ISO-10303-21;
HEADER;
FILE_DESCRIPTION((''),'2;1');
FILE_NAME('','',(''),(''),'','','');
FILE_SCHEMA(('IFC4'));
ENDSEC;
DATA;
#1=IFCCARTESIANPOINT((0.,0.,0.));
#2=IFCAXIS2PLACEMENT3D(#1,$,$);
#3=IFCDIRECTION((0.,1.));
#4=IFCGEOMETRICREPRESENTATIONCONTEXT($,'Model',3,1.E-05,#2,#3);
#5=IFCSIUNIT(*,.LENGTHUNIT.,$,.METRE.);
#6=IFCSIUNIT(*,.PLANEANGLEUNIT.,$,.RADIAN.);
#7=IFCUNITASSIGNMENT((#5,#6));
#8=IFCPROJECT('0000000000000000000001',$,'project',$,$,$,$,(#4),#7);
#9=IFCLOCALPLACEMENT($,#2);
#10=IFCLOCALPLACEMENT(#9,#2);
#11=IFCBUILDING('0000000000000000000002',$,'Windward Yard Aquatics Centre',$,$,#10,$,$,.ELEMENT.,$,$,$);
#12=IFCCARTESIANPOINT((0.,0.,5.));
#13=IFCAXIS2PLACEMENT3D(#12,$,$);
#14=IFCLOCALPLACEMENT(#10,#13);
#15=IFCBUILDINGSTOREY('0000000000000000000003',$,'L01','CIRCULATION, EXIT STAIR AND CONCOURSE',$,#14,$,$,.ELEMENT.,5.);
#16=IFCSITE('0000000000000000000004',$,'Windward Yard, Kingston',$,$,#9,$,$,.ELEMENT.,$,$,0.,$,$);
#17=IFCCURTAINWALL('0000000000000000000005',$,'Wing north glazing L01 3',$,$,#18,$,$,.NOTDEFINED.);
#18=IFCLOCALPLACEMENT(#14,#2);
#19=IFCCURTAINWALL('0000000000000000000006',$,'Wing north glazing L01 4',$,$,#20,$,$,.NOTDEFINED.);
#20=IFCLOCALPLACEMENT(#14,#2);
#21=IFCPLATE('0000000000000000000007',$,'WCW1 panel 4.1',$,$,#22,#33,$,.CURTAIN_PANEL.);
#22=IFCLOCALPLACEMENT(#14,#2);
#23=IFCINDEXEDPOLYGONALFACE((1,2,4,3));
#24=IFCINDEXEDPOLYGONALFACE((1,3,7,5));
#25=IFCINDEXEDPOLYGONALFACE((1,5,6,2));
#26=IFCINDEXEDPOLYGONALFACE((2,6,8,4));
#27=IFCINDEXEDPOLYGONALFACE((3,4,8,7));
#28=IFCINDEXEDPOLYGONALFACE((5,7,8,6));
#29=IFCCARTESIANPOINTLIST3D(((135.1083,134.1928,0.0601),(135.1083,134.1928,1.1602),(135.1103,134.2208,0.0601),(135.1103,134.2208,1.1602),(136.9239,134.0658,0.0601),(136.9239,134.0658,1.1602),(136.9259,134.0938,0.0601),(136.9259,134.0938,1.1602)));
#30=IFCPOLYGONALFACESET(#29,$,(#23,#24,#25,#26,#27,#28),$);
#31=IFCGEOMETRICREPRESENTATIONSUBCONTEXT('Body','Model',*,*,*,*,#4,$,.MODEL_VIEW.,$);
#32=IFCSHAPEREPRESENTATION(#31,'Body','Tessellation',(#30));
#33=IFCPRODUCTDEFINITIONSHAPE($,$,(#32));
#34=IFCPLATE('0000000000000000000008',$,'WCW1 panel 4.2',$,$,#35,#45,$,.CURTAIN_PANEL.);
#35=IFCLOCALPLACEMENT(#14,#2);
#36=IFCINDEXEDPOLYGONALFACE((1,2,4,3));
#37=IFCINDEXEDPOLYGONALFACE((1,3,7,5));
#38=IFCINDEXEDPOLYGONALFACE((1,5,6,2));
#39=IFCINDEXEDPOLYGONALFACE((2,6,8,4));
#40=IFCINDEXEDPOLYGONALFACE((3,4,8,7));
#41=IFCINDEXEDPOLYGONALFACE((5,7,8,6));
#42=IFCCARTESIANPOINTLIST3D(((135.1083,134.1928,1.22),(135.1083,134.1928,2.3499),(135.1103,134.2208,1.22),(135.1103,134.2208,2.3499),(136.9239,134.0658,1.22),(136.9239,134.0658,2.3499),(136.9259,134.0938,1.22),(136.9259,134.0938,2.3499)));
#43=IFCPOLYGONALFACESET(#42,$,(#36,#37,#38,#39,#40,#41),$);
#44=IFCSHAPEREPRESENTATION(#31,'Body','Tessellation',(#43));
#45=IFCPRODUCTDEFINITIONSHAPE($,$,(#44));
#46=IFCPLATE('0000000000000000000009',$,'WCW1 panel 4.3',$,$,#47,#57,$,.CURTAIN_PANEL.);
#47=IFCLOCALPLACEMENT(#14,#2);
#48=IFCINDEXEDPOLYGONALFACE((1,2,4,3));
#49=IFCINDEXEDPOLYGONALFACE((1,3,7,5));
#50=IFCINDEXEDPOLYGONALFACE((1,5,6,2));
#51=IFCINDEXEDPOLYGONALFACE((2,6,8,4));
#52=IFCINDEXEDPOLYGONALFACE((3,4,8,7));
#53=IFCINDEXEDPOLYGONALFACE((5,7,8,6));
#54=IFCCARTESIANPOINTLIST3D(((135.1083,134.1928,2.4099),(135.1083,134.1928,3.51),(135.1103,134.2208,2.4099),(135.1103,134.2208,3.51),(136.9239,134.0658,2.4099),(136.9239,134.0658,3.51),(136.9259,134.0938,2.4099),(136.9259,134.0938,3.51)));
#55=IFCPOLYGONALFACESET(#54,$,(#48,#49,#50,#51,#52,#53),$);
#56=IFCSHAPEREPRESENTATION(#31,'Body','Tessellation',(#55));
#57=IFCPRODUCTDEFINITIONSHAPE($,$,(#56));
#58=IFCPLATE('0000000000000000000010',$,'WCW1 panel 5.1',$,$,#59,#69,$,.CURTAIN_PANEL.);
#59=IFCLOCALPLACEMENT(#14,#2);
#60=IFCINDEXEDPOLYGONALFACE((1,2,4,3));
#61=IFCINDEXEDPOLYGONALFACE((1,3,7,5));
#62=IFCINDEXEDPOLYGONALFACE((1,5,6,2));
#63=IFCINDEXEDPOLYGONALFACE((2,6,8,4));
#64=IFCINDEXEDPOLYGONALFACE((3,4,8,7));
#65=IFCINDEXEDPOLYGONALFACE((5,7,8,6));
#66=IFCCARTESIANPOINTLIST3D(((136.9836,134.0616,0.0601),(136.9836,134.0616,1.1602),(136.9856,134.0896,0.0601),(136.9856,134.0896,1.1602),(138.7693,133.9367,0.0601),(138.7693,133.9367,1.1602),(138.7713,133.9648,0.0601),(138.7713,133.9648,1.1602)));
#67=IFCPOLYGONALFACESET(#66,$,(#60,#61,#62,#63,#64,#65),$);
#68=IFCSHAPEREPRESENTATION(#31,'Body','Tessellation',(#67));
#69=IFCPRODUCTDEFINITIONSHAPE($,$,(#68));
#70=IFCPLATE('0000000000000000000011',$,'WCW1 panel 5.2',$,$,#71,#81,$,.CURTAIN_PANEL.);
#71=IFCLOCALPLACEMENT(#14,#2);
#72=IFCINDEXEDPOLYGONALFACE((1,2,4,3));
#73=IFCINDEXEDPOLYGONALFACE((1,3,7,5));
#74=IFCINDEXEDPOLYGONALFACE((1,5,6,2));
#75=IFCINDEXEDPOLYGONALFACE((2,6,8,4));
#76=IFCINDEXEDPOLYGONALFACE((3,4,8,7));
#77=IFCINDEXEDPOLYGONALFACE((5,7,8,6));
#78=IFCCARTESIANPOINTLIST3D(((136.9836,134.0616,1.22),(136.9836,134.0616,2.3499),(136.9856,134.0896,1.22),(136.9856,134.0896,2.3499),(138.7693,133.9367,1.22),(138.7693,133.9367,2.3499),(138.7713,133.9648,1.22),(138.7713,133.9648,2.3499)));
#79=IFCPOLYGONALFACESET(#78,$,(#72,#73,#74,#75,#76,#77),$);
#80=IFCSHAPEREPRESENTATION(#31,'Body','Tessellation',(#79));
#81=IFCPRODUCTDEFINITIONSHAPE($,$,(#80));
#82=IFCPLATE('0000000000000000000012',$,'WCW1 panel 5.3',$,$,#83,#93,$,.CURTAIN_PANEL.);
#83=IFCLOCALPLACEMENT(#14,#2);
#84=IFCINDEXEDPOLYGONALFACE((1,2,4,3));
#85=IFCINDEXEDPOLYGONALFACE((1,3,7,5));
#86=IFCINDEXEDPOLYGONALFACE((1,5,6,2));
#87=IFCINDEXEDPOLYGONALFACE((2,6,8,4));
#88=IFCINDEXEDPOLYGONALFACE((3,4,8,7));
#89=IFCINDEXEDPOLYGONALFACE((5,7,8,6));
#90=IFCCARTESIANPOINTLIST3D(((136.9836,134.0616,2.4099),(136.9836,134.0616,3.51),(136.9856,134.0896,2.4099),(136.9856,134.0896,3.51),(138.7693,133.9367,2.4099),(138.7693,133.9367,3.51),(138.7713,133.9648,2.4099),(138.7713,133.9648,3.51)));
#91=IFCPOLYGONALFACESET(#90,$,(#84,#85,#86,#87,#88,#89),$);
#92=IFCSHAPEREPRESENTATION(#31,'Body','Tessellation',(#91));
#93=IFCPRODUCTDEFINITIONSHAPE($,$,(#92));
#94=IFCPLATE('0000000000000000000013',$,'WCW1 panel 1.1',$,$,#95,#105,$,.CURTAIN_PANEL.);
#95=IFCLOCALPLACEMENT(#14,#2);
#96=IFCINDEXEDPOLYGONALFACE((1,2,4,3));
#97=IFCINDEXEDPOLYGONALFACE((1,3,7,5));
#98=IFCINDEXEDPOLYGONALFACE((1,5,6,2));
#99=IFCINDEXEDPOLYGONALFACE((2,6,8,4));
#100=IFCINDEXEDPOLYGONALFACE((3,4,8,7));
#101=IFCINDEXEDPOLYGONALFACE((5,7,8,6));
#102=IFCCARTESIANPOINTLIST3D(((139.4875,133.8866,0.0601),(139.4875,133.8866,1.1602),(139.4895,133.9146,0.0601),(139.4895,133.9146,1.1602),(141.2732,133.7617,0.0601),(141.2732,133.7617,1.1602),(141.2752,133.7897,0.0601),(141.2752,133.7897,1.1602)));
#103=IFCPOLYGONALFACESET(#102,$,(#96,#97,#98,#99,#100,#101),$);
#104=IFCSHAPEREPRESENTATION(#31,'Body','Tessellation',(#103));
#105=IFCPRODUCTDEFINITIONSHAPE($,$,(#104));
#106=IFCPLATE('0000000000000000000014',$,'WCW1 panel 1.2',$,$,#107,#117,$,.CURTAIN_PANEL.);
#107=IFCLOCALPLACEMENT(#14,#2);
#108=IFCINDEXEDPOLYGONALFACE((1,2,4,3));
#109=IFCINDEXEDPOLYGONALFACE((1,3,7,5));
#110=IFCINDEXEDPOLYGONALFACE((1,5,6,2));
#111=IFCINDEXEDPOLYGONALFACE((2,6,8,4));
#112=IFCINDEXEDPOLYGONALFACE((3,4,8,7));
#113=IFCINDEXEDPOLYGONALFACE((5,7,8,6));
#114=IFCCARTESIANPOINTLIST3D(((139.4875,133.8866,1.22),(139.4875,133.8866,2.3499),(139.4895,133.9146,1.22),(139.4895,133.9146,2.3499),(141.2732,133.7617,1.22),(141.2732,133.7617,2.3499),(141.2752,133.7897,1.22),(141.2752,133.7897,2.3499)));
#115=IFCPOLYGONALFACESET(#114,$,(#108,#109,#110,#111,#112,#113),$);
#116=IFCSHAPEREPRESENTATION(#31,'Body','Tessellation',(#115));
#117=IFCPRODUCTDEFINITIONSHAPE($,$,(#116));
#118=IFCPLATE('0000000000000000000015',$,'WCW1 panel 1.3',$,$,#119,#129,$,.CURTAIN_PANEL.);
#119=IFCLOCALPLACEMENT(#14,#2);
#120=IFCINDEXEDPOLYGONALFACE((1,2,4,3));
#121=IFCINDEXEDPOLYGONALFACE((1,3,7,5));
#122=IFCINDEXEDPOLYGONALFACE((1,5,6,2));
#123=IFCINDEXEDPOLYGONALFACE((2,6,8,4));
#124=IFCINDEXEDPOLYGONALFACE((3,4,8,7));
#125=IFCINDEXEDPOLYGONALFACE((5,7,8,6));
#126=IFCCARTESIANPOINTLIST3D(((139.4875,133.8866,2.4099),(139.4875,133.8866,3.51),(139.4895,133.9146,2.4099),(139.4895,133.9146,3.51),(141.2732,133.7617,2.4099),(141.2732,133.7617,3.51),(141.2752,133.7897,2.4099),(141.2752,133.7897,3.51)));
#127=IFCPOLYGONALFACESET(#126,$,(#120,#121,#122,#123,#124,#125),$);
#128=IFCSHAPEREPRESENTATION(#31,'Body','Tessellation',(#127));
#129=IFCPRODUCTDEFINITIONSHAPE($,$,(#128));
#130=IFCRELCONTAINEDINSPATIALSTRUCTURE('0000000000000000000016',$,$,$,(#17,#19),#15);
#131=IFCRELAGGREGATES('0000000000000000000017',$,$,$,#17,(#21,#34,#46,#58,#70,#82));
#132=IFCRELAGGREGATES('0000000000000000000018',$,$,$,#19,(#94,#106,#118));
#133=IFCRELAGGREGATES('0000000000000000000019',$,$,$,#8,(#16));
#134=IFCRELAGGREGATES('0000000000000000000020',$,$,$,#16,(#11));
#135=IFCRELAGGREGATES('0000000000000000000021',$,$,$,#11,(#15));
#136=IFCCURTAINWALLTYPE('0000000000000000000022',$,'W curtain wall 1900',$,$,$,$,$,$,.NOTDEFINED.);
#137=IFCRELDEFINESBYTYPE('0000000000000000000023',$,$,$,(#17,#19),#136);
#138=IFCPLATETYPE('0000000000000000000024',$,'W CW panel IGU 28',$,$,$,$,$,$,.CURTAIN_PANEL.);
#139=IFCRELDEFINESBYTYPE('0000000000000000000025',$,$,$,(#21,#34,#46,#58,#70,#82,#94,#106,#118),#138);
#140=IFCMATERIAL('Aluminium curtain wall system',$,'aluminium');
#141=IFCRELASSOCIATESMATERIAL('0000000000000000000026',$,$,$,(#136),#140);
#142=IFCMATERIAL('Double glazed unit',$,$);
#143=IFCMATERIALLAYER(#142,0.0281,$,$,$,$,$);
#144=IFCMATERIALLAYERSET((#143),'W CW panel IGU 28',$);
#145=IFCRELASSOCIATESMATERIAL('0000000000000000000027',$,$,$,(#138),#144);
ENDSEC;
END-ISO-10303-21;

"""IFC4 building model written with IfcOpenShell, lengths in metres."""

from ifc_helpers import new_model, si_unit, direction, frame, origin, origin_2d, place, context, subcontext, project, spatial, rectangle, extrude, material, layer, layer_set, type_object, element, aggregate, save


model = new_model("IFC4")

# Units and contexts
model_context = context("Model", 3, precision=1e-05, world=origin(), true_north=direction((0.0, 1.0)))
body_context = subcontext(model_context, "Body", "Model", "MODEL_VIEW")
ifc_project = project(units=[si_unit("LENGTHUNIT", "METRE"), si_unit("PLANEANGLEUNIT", "RADIAN")], contexts=[model_context])

# Site, building, storey
site_placement = place(None, origin())
site = spatial("IfcSite", under=ifc_project, at=site_placement, Name="Windward Yard, Kingston", CompositionType="ELEMENT", RefElevation=0.0)
building_placement = place(site_placement, origin())
building = spatial("IfcBuilding", under=site, at=building_placement, Name="Windward Yard Aquatics Centre", CompositionType="ELEMENT")
storey_placement = place(building_placement, frame((0.0, 0.0, 5.0)))
storey = spatial("IfcBuildingStorey", under=building, at=storey_placement, Name="L01", Description="CIRCULATION, EXIT STAIR AND CONCOURSE", CompositionType="ELEMENT", Elevation=5.0)

# Curtain walls
ifc_material_1 = material(Name="Aluminium curtain wall system", Category="aluminium")
curtain_wall_type = type_object("IfcCurtainWallType", Name="W curtain wall 1900", PredefinedType="NOTDEFINED", material=ifc_material_1)
curtain_wall_1_placement = place(storey_placement, origin())
curtain_wall_1 = element("IfcCurtainWall", 1, at=curtain_wall_1_placement, inside=storey, type_object=curtain_wall_type, Name="Wing north glazing L01 3", PredefinedType="NOTDEFINED")
curtain_wall_2_placement = place(storey_placement, origin())
curtain_wall_2 = element("IfcCurtainWall", 2, at=curtain_wall_2_placement, inside=storey, type_object=curtain_wall_type, Name="Wing north glazing L01 4", PredefinedType="NOTDEFINED")

# Plates
ifc_material_2 = material(Name="Double glazed unit")
ifc_layer = layer(ifc_material_2, 0.0281)
ifc_layer_set = layer_set([ifc_layer], Name="W CW panel IGU 28")
plate_type = type_object("IfcPlateType", Name="W CW panel IGU 28", PredefinedType="CURTAIN_PANEL", material=ifc_layer_set)
plate_1_placement = place(storey_placement, frame((136.0171, 134.1433, 0.0601), z_axis=(0.0, 0.0, 1.0), x_axis=(0.997564, -0.069755, 0.0)))
plate_1 = element("IfcPlate", 3, at=plate_1_placement, type_object=plate_type, Name="WCW1 panel 4.1", PredefinedType="CURTAIN_PANEL", context=body_context, shape_type="SweptSolid", body=[
    extrude(rectangle(XDim=1.8201, YDim=0.0281, at=origin_2d()), origin(), (0.0, 0.0, 1.0), 1.1001),
])
plate_2_placement = place(storey_placement, frame((136.0171, 134.1433, 1.22), z_axis=(0.0, 0.0, 1.0), x_axis=(0.997564, -0.069755, 0.0)))
plate_2 = element("IfcPlate", 4, at=plate_2_placement, type_object=plate_type, Name="WCW1 panel 4.2", PredefinedType="CURTAIN_PANEL", context=body_context, shape_type="SweptSolid", body=[
    extrude(rectangle(XDim=1.8201, YDim=0.0281, at=origin_2d()), origin(), (0.0, 0.0, 1.0), 1.1299),
])
plate_3_placement = place(storey_placement, frame((136.0171, 134.1433, 2.4099), z_axis=(0.0, 0.0, 1.0), x_axis=(0.997564, -0.069755, 0.0)))
plate_3 = element("IfcPlate", 5, at=plate_3_placement, type_object=plate_type, Name="WCW1 panel 4.3", PredefinedType="CURTAIN_PANEL", context=body_context, shape_type="SweptSolid", body=[
    extrude(rectangle(XDim=1.8201, YDim=0.0281, at=origin_2d()), origin(), (0.0, 0.0, 1.0), 1.1001),
])
plate_4_placement = place(storey_placement, frame((137.8774, 134.0132, 0.0601), z_axis=(0.0, 0.0, 1.0), x_axis=(0.997564, -0.069755, 0.0)))
plate_4 = element("IfcPlate", 6, at=plate_4_placement, type_object=plate_type, Name="WCW1 panel 5.1", PredefinedType="CURTAIN_PANEL", context=body_context, shape_type="SweptSolid", body=[
    extrude(rectangle(XDim=1.79, YDim=0.0281, at=origin_2d()), origin(), (0.0, 0.0, 1.0), 1.1001),
])
plate_5_placement = place(storey_placement, frame((137.8774, 134.0132, 1.22), z_axis=(0.0, 0.0, 1.0), x_axis=(0.997564, -0.069755, 0.0)))
plate_5 = element("IfcPlate", 7, at=plate_5_placement, type_object=plate_type, Name="WCW1 panel 5.2", PredefinedType="CURTAIN_PANEL", context=body_context, shape_type="SweptSolid", body=[
    extrude(rectangle(XDim=1.79, YDim=0.0281, at=origin_2d()), origin(), (0.0, 0.0, 1.0), 1.1299),
])
plate_6_placement = place(storey_placement, frame((137.8774, 134.0132, 2.4099), z_axis=(0.0, 0.0, 1.0), x_axis=(0.997564, -0.069755, 0.0)))
plate_6 = element("IfcPlate", 8, at=plate_6_placement, type_object=plate_type, Name="WCW1 panel 5.3", PredefinedType="CURTAIN_PANEL", context=body_context, shape_type="SweptSolid", body=[
    extrude(rectangle(XDim=1.79, YDim=0.0281, at=origin_2d()), origin(), (0.0, 0.0, 1.0), 1.1001),
])
aggregate(curtain_wall_1, [plate_1, plate_2, plate_3, plate_4, plate_5, plate_6])
plate_7_placement = place(storey_placement, frame((140.3813, 133.8381, 0.0601), z_axis=(0.0, 0.0, 1.0), x_axis=(0.997564, -0.069755, 0.0)))
plate_7 = element("IfcPlate", 9, at=plate_7_placement, type_object=plate_type, Name="WCW1 panel 1.1", PredefinedType="CURTAIN_PANEL", context=body_context, shape_type="SweptSolid", body=[
    extrude(rectangle(XDim=1.79, YDim=0.0281, at=origin_2d()), origin(), (0.0, 0.0, 1.0), 1.1001),
])
plate_8_placement = place(storey_placement, frame((140.3813, 133.8381, 1.22), z_axis=(0.0, 0.0, 1.0), x_axis=(0.997564, -0.069755, 0.0)))
plate_8 = element("IfcPlate", 10, at=plate_8_placement, type_object=plate_type, Name="WCW1 panel 1.2", PredefinedType="CURTAIN_PANEL", context=body_context, shape_type="SweptSolid", body=[
    extrude(rectangle(XDim=1.79, YDim=0.0281, at=origin_2d()), origin(), (0.0, 0.0, 1.0), 1.1299),
])
plate_9_placement = place(storey_placement, frame((140.3813, 133.8381, 2.4099), z_axis=(0.0, 0.0, 1.0), x_axis=(0.997564, -0.069755, 0.0)))
plate_9 = element("IfcPlate", 11, at=plate_9_placement, type_object=plate_type, Name="WCW1 panel 1.3", PredefinedType="CURTAIN_PANEL", context=body_context, shape_type="SweptSolid", body=[
    extrude(rectangle(XDim=1.79, YDim=0.0281, at=origin_2d()), origin(), (0.0, 0.0, 1.0), 1.1001),
])
aggregate(curtain_wall_2, [plate_7, plate_8, plate_9])

save(model, "model.ifc")
